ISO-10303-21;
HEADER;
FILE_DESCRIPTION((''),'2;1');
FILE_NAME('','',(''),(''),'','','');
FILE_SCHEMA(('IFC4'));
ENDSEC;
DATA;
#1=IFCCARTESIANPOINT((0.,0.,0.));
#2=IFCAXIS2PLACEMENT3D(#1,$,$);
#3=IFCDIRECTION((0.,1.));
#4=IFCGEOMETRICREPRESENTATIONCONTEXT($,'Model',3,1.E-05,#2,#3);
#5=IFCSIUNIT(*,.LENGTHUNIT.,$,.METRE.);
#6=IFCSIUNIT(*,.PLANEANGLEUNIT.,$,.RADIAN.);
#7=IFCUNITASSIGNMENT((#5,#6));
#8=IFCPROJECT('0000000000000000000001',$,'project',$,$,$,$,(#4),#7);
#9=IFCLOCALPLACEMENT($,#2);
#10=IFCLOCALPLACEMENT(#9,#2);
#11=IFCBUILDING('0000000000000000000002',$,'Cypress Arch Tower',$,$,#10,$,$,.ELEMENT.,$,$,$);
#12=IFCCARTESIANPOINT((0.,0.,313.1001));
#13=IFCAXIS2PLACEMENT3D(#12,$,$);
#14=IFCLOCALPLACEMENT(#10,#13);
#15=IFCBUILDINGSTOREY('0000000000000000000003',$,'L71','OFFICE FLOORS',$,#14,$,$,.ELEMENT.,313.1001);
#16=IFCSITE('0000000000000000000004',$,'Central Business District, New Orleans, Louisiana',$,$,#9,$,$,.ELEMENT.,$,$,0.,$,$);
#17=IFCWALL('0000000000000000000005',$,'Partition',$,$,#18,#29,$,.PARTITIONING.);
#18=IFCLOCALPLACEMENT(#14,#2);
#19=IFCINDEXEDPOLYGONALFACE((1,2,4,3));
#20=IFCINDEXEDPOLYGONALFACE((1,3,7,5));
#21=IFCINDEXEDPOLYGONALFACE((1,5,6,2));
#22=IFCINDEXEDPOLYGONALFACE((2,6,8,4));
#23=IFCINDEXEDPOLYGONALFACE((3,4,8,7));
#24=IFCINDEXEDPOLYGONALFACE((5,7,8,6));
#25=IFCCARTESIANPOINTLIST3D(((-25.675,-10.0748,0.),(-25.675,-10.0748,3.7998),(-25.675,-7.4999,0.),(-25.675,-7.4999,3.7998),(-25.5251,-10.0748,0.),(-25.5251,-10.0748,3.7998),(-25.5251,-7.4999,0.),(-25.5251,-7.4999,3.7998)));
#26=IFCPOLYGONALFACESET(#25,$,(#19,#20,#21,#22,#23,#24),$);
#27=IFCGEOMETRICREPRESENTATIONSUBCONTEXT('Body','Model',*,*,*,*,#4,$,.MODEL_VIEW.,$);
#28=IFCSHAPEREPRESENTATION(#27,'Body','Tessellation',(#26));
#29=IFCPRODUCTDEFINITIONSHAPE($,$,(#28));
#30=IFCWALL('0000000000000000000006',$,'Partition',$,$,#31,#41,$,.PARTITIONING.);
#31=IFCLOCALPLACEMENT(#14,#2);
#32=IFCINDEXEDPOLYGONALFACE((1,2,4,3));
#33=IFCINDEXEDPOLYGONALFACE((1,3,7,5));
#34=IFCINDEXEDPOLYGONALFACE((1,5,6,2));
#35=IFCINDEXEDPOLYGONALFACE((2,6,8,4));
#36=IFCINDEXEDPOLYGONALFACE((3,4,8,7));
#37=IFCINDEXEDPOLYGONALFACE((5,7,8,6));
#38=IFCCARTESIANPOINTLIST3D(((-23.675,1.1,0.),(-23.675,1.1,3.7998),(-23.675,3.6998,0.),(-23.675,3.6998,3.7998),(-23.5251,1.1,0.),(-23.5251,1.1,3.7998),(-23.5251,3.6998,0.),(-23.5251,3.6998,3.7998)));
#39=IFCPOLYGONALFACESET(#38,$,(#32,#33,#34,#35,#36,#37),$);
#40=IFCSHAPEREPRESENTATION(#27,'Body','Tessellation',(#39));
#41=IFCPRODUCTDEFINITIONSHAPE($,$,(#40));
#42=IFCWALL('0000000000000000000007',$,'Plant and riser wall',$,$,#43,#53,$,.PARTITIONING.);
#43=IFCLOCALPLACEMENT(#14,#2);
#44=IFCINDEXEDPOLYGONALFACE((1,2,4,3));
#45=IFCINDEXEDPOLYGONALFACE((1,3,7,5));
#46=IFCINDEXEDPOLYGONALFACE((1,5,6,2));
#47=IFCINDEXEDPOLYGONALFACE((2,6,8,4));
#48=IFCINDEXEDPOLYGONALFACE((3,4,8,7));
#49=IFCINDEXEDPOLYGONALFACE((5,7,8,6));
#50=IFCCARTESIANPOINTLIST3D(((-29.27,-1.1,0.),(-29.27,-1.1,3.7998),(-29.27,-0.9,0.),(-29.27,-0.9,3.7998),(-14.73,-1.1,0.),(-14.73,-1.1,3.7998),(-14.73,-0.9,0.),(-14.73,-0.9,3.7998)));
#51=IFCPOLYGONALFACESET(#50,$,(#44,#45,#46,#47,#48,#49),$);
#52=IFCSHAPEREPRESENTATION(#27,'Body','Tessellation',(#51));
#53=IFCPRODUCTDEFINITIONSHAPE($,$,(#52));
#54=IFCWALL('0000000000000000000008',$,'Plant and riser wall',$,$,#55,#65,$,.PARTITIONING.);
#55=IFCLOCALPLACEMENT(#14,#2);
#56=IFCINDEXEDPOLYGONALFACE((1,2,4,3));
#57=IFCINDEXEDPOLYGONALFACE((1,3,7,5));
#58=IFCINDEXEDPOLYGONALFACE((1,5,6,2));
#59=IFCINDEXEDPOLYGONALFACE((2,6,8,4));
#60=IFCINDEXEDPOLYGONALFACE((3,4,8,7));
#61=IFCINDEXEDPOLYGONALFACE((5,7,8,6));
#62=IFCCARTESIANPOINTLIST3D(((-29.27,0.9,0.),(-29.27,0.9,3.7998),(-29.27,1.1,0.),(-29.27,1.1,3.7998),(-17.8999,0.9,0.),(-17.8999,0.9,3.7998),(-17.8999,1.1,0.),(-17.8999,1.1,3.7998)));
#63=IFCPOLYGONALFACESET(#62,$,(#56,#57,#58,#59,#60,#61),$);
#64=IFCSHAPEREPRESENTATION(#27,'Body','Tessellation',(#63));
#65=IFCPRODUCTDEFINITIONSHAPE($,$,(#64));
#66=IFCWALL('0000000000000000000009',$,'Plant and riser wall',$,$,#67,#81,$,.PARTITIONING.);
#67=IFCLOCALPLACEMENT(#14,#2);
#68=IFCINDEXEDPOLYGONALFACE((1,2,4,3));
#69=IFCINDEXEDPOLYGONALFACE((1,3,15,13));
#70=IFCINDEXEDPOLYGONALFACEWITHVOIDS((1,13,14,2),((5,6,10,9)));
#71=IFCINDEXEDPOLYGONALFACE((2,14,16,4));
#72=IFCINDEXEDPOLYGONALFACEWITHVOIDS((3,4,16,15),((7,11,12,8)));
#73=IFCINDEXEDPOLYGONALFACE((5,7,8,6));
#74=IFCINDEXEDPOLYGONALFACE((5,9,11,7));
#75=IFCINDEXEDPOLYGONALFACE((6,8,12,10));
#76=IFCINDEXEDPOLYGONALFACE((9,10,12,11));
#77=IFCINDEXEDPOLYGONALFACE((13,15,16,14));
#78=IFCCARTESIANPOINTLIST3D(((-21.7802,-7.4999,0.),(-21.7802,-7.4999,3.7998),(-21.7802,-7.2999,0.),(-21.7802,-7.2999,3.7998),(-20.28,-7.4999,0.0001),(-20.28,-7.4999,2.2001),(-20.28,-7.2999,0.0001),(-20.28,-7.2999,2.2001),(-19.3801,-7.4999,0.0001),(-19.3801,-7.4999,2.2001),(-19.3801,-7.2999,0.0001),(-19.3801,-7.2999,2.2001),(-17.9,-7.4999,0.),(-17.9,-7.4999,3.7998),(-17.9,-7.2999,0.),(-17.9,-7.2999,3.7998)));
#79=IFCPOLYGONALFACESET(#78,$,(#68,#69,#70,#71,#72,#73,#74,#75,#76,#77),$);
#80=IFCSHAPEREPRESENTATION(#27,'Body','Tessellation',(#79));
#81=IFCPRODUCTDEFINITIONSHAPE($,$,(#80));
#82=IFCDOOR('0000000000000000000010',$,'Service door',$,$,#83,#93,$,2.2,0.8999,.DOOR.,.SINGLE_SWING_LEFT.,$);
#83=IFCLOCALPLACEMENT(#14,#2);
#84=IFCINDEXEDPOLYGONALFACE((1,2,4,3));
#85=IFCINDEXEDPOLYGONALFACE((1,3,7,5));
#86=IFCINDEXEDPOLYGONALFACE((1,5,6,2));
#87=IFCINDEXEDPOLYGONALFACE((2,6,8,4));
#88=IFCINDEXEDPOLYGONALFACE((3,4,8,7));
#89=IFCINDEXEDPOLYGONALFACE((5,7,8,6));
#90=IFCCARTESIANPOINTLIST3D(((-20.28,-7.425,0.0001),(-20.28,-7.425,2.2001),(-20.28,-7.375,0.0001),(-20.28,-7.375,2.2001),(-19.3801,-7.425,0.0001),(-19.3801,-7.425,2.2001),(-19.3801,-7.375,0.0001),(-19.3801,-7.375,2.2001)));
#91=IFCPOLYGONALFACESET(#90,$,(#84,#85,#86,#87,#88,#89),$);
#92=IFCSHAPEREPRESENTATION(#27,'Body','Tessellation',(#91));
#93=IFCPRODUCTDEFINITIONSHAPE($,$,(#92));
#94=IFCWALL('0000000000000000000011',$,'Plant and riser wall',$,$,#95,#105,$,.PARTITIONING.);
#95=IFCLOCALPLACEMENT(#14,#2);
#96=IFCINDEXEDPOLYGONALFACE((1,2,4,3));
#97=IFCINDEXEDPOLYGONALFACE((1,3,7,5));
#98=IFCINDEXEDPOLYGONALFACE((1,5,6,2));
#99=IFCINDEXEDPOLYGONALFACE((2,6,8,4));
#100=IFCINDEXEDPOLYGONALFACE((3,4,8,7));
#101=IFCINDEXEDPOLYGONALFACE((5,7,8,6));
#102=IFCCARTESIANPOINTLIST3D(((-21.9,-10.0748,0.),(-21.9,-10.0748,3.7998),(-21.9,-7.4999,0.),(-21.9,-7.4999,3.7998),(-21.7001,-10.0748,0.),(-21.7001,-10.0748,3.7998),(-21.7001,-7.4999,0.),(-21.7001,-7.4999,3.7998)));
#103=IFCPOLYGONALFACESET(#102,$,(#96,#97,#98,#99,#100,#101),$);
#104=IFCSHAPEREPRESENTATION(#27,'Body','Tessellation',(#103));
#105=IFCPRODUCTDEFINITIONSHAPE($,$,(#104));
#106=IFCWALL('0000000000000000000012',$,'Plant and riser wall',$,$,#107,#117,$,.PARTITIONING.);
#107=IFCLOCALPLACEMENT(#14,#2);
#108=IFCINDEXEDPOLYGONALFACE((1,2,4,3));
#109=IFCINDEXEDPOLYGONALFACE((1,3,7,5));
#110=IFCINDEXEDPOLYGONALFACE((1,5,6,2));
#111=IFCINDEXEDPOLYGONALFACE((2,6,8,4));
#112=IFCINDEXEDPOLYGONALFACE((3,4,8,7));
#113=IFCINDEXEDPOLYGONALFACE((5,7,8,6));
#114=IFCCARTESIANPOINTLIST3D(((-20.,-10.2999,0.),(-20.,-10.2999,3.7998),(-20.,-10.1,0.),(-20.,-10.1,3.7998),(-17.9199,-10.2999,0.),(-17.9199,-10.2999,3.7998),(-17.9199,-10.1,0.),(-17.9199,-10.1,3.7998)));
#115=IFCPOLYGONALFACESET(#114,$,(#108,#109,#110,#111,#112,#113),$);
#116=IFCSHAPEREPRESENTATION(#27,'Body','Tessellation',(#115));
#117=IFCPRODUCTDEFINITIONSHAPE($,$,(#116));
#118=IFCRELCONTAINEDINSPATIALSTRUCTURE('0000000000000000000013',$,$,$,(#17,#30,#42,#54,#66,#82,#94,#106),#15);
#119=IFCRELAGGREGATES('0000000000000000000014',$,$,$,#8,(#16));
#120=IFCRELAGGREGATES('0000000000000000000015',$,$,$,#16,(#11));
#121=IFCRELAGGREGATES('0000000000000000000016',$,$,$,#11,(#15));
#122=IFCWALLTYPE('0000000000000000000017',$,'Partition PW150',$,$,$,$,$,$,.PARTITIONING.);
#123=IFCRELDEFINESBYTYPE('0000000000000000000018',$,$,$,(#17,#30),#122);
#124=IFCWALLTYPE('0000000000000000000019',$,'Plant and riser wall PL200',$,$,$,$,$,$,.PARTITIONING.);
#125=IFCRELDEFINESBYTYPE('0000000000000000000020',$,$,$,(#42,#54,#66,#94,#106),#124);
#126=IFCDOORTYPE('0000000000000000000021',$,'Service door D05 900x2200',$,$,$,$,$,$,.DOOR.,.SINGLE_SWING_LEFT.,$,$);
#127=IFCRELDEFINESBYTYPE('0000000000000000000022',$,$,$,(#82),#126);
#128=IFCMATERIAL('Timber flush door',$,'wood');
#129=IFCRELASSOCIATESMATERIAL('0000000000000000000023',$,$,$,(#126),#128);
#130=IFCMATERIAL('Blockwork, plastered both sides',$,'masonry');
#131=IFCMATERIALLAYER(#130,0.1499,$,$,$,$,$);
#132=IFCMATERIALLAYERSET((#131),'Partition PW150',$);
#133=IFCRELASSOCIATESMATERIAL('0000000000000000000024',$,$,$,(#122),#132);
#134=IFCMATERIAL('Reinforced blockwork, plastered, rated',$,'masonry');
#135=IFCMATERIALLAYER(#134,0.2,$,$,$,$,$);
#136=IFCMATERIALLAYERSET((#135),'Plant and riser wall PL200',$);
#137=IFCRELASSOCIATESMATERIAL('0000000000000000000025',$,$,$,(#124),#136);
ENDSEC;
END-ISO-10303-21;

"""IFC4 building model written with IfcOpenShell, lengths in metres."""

from ifc_helpers import new_model, si_unit, direction, frame, frame_2d, origin, place, context, subcontext, project, spatial, rectangle, extrude, material, layer, layer_set, type_object, element, fill, save


model = new_model("IFC4")

# Units and contexts
model_context = context("Model", 3, precision=1e-05, world=origin(), true_north=direction((0.0, 1.0)))
body_context = subcontext(model_context, "Body", "Model", "MODEL_VIEW")
ifc_project = project(units=[si_unit("LENGTHUNIT", "METRE"), si_unit("PLANEANGLEUNIT", "RADIAN")], contexts=[model_context])

# Site, building, storey
site_placement = place(None, origin())
site = spatial("IfcSite", under=ifc_project, at=site_placement, Name="Central Business District, New Orleans, Louisiana", CompositionType="ELEMENT", RefElevation=0.0)
building_placement = place(site_placement, origin())
building = spatial("IfcBuilding", under=site, at=building_placement, Name="Cypress Arch Tower", CompositionType="ELEMENT")
storey_placement = place(building_placement, frame((0.0, 0.0, 313.1001)))
storey = spatial("IfcBuildingStorey", under=building, at=storey_placement, Name="L71", Description="OFFICE FLOORS", CompositionType="ELEMENT", Elevation=313.1001)

# Shared definitions
ifc_material_1 = material(Name="Timber flush door", Category="wood")
door_type_1 = type_object("IfcDoorType", Name="Service door D05 900x2200", OperationType="SINGLE_SWING_LEFT", PredefinedType="DOOR", material=ifc_material_1)

# Walls
ifc_material_2 = material(Name="Blockwork, plastered both sides", Category="masonry")
ifc_layer_1 = layer(ifc_material_2, 0.1499)
ifc_layer_set_1 = layer_set([ifc_layer_1], Name="Partition PW150")
wall_type_1 = type_object("IfcWallType", Name="Partition PW150", PredefinedType="PARTITIONING", material=ifc_layer_set_1)
wall_1_placement = place(storey_placement, frame((-25.6001, -10.075, 0.0), z_axis=(0.0, 0.0, 1.0), x_axis=(0.0, 1.0, 0.0)))
element("IfcWall", 1, at=wall_1_placement, inside=storey, type_object=wall_type_1, Name="Partition", PredefinedType="PARTITIONING", context=body_context, shape_type="SweptSolid", body=[
    extrude(rectangle(XDim=2.575, YDim=0.1499, at=frame_2d((1.2876, 0.0))), origin(), (0.0, 0.0, 1.0), 3.7998),
])
wall_2_placement = place(storey_placement, frame((-23.6001, 1.1001, 0.0), z_axis=(0.0, 0.0, 1.0), x_axis=(0.0, 1.0, 0.0)))
element("IfcWall", 2, at=wall_2_placement, inside=storey, type_object=wall_type_1, Name="Partition", PredefinedType="PARTITIONING", context=body_context, shape_type="SweptSolid", body=[
    extrude(rectangle(XDim=2.5999, YDim=0.1499, at=frame_2d((1.2998, 0.0))), origin(), (0.0, 0.0, 1.0), 3.7998),
])
ifc_material_3 = material(Name="Reinforced blockwork, plastered, rated", Category="masonry")
ifc_layer_2 = layer(ifc_material_3, 0.2)
ifc_layer_set_2 = layer_set([ifc_layer_2], Name="Plant and riser wall PL200")
wall_type_2 = type_object("IfcWallType", Name="Plant and riser wall PL200", PredefinedType="PARTITIONING", material=ifc_layer_set_2)
wall_3_placement = place(storey_placement, frame((-29.27, -1.0, 0.0), z_axis=(0.0, 0.0, 1.0), x_axis=(1.0, 0.0, 0.0)))
element("IfcWall", 3, at=wall_3_placement, inside=storey, type_object=wall_type_2, Name="Plant and riser wall", PredefinedType="PARTITIONING", context=body_context, shape_type="SweptSolid", body=[
    extrude(rectangle(XDim=14.54, YDim=0.2, at=frame_2d((7.27, 0.0))), origin(), (0.0, 0.0, 1.0), 3.7998),
])
wall_4_placement = place(storey_placement, frame((-29.27, 1.0, 0.0), z_axis=(0.0, 0.0, 1.0), x_axis=(1.0, 0.0, 0.0)))
element("IfcWall", 4, at=wall_4_placement, inside=storey, type_object=wall_type_2, Name="Plant and riser wall", PredefinedType="PARTITIONING", context=body_context, shape_type="SweptSolid", body=[
    extrude(rectangle(XDim=11.3701, YDim=0.2, at=frame_2d((5.6851, 0.0))), origin(), (0.0, 0.0, 1.0), 3.7998),
])

# Wall, opening, door
wall_5_placement = place(storey_placement, frame((-21.78, -7.3999, 0.0), z_axis=(0.0, 0.0, 1.0), x_axis=(1.0, 0.0, 0.0)))
wall_5 = element("IfcWall", 5, at=wall_5_placement, inside=storey, type_object=wall_type_2, Name="Plant and riser wall", PredefinedType="PARTITIONING", context=body_context, shape_type="SweptSolid", body=[
    extrude(rectangle(XDim=3.8801, YDim=0.2, at=frame_2d((1.9399, 0.0))), origin(), (0.0, 0.0, 1.0), 3.7998),
])
opening_1_placement = place(wall_5_placement, frame((1.5, 0.0, 0.0)))
opening_1 = element("IfcOpeningElement", 6, at=opening_1_placement, cuts=wall_5, PredefinedType="OPENING", context=body_context, shape_type="SweptSolid", body=[
    extrude(rectangle(XDim=0.8999, YDim=2.2, at=frame_2d((0.45, 1.1001))), frame((0.0, 0.1099, 0.0), z_axis=(0.0, -1.0, 0.0), x_axis=(1.0, 0.0, 0.0)), (0.0, 0.0, 1.0), 0.22),
])
door_1_placement = place(opening_1_placement, origin())
door_1 = element("IfcDoor", 7, at=door_1_placement, inside=storey, type_object=door_type_1, Name="Service door", OperationType="SINGLE_SWING_LEFT", OverallHeight=2.2, OverallWidth=0.8999, PredefinedType="DOOR", context=body_context, shape_type="SweptSolid", body=[
    extrude(rectangle(XDim=0.8999, YDim=2.2, at=frame_2d((0.45, 1.1001))), frame((0.0, 0.0249, 0.0), z_axis=(0.0, -1.0, 0.0), x_axis=(1.0, 0.0, 0.0)), (0.0, 0.0, 1.0), 0.05),
])
fill(opening_1, door_1)

# Walls
wall_6_placement = place(storey_placement, frame((-21.8, -10.075, 0.0), z_axis=(0.0, 0.0, 1.0), x_axis=(0.0, 1.0, 0.0)))
element("IfcWall", 8, at=wall_6_placement, inside=storey, type_object=wall_type_2, Name="Plant and riser wall", PredefinedType="PARTITIONING", context=body_context, shape_type="SweptSolid", body=[
    extrude(rectangle(XDim=2.575, YDim=0.2, at=frame_2d((1.2876, 0.0))), origin(), (0.0, 0.0, 1.0), 3.7998),
])
wall_7_placement = place(storey_placement, frame((-20.0, -10.2, 0.0), z_axis=(0.0, 0.0, 1.0), x_axis=(1.0, 0.0, 0.0)))
element("IfcWall", 9, at=wall_7_placement, inside=storey, type_object=wall_type_2, Name="Plant and riser wall", PredefinedType="PARTITIONING", context=body_context, shape_type="SweptSolid", body=[
    extrude(rectangle(XDim=2.0801, YDim=0.2, at=frame_2d((1.04, 0.0))), origin(), (0.0, 0.0, 1.0), 3.7998),
])

save(model, "model.ifc")
